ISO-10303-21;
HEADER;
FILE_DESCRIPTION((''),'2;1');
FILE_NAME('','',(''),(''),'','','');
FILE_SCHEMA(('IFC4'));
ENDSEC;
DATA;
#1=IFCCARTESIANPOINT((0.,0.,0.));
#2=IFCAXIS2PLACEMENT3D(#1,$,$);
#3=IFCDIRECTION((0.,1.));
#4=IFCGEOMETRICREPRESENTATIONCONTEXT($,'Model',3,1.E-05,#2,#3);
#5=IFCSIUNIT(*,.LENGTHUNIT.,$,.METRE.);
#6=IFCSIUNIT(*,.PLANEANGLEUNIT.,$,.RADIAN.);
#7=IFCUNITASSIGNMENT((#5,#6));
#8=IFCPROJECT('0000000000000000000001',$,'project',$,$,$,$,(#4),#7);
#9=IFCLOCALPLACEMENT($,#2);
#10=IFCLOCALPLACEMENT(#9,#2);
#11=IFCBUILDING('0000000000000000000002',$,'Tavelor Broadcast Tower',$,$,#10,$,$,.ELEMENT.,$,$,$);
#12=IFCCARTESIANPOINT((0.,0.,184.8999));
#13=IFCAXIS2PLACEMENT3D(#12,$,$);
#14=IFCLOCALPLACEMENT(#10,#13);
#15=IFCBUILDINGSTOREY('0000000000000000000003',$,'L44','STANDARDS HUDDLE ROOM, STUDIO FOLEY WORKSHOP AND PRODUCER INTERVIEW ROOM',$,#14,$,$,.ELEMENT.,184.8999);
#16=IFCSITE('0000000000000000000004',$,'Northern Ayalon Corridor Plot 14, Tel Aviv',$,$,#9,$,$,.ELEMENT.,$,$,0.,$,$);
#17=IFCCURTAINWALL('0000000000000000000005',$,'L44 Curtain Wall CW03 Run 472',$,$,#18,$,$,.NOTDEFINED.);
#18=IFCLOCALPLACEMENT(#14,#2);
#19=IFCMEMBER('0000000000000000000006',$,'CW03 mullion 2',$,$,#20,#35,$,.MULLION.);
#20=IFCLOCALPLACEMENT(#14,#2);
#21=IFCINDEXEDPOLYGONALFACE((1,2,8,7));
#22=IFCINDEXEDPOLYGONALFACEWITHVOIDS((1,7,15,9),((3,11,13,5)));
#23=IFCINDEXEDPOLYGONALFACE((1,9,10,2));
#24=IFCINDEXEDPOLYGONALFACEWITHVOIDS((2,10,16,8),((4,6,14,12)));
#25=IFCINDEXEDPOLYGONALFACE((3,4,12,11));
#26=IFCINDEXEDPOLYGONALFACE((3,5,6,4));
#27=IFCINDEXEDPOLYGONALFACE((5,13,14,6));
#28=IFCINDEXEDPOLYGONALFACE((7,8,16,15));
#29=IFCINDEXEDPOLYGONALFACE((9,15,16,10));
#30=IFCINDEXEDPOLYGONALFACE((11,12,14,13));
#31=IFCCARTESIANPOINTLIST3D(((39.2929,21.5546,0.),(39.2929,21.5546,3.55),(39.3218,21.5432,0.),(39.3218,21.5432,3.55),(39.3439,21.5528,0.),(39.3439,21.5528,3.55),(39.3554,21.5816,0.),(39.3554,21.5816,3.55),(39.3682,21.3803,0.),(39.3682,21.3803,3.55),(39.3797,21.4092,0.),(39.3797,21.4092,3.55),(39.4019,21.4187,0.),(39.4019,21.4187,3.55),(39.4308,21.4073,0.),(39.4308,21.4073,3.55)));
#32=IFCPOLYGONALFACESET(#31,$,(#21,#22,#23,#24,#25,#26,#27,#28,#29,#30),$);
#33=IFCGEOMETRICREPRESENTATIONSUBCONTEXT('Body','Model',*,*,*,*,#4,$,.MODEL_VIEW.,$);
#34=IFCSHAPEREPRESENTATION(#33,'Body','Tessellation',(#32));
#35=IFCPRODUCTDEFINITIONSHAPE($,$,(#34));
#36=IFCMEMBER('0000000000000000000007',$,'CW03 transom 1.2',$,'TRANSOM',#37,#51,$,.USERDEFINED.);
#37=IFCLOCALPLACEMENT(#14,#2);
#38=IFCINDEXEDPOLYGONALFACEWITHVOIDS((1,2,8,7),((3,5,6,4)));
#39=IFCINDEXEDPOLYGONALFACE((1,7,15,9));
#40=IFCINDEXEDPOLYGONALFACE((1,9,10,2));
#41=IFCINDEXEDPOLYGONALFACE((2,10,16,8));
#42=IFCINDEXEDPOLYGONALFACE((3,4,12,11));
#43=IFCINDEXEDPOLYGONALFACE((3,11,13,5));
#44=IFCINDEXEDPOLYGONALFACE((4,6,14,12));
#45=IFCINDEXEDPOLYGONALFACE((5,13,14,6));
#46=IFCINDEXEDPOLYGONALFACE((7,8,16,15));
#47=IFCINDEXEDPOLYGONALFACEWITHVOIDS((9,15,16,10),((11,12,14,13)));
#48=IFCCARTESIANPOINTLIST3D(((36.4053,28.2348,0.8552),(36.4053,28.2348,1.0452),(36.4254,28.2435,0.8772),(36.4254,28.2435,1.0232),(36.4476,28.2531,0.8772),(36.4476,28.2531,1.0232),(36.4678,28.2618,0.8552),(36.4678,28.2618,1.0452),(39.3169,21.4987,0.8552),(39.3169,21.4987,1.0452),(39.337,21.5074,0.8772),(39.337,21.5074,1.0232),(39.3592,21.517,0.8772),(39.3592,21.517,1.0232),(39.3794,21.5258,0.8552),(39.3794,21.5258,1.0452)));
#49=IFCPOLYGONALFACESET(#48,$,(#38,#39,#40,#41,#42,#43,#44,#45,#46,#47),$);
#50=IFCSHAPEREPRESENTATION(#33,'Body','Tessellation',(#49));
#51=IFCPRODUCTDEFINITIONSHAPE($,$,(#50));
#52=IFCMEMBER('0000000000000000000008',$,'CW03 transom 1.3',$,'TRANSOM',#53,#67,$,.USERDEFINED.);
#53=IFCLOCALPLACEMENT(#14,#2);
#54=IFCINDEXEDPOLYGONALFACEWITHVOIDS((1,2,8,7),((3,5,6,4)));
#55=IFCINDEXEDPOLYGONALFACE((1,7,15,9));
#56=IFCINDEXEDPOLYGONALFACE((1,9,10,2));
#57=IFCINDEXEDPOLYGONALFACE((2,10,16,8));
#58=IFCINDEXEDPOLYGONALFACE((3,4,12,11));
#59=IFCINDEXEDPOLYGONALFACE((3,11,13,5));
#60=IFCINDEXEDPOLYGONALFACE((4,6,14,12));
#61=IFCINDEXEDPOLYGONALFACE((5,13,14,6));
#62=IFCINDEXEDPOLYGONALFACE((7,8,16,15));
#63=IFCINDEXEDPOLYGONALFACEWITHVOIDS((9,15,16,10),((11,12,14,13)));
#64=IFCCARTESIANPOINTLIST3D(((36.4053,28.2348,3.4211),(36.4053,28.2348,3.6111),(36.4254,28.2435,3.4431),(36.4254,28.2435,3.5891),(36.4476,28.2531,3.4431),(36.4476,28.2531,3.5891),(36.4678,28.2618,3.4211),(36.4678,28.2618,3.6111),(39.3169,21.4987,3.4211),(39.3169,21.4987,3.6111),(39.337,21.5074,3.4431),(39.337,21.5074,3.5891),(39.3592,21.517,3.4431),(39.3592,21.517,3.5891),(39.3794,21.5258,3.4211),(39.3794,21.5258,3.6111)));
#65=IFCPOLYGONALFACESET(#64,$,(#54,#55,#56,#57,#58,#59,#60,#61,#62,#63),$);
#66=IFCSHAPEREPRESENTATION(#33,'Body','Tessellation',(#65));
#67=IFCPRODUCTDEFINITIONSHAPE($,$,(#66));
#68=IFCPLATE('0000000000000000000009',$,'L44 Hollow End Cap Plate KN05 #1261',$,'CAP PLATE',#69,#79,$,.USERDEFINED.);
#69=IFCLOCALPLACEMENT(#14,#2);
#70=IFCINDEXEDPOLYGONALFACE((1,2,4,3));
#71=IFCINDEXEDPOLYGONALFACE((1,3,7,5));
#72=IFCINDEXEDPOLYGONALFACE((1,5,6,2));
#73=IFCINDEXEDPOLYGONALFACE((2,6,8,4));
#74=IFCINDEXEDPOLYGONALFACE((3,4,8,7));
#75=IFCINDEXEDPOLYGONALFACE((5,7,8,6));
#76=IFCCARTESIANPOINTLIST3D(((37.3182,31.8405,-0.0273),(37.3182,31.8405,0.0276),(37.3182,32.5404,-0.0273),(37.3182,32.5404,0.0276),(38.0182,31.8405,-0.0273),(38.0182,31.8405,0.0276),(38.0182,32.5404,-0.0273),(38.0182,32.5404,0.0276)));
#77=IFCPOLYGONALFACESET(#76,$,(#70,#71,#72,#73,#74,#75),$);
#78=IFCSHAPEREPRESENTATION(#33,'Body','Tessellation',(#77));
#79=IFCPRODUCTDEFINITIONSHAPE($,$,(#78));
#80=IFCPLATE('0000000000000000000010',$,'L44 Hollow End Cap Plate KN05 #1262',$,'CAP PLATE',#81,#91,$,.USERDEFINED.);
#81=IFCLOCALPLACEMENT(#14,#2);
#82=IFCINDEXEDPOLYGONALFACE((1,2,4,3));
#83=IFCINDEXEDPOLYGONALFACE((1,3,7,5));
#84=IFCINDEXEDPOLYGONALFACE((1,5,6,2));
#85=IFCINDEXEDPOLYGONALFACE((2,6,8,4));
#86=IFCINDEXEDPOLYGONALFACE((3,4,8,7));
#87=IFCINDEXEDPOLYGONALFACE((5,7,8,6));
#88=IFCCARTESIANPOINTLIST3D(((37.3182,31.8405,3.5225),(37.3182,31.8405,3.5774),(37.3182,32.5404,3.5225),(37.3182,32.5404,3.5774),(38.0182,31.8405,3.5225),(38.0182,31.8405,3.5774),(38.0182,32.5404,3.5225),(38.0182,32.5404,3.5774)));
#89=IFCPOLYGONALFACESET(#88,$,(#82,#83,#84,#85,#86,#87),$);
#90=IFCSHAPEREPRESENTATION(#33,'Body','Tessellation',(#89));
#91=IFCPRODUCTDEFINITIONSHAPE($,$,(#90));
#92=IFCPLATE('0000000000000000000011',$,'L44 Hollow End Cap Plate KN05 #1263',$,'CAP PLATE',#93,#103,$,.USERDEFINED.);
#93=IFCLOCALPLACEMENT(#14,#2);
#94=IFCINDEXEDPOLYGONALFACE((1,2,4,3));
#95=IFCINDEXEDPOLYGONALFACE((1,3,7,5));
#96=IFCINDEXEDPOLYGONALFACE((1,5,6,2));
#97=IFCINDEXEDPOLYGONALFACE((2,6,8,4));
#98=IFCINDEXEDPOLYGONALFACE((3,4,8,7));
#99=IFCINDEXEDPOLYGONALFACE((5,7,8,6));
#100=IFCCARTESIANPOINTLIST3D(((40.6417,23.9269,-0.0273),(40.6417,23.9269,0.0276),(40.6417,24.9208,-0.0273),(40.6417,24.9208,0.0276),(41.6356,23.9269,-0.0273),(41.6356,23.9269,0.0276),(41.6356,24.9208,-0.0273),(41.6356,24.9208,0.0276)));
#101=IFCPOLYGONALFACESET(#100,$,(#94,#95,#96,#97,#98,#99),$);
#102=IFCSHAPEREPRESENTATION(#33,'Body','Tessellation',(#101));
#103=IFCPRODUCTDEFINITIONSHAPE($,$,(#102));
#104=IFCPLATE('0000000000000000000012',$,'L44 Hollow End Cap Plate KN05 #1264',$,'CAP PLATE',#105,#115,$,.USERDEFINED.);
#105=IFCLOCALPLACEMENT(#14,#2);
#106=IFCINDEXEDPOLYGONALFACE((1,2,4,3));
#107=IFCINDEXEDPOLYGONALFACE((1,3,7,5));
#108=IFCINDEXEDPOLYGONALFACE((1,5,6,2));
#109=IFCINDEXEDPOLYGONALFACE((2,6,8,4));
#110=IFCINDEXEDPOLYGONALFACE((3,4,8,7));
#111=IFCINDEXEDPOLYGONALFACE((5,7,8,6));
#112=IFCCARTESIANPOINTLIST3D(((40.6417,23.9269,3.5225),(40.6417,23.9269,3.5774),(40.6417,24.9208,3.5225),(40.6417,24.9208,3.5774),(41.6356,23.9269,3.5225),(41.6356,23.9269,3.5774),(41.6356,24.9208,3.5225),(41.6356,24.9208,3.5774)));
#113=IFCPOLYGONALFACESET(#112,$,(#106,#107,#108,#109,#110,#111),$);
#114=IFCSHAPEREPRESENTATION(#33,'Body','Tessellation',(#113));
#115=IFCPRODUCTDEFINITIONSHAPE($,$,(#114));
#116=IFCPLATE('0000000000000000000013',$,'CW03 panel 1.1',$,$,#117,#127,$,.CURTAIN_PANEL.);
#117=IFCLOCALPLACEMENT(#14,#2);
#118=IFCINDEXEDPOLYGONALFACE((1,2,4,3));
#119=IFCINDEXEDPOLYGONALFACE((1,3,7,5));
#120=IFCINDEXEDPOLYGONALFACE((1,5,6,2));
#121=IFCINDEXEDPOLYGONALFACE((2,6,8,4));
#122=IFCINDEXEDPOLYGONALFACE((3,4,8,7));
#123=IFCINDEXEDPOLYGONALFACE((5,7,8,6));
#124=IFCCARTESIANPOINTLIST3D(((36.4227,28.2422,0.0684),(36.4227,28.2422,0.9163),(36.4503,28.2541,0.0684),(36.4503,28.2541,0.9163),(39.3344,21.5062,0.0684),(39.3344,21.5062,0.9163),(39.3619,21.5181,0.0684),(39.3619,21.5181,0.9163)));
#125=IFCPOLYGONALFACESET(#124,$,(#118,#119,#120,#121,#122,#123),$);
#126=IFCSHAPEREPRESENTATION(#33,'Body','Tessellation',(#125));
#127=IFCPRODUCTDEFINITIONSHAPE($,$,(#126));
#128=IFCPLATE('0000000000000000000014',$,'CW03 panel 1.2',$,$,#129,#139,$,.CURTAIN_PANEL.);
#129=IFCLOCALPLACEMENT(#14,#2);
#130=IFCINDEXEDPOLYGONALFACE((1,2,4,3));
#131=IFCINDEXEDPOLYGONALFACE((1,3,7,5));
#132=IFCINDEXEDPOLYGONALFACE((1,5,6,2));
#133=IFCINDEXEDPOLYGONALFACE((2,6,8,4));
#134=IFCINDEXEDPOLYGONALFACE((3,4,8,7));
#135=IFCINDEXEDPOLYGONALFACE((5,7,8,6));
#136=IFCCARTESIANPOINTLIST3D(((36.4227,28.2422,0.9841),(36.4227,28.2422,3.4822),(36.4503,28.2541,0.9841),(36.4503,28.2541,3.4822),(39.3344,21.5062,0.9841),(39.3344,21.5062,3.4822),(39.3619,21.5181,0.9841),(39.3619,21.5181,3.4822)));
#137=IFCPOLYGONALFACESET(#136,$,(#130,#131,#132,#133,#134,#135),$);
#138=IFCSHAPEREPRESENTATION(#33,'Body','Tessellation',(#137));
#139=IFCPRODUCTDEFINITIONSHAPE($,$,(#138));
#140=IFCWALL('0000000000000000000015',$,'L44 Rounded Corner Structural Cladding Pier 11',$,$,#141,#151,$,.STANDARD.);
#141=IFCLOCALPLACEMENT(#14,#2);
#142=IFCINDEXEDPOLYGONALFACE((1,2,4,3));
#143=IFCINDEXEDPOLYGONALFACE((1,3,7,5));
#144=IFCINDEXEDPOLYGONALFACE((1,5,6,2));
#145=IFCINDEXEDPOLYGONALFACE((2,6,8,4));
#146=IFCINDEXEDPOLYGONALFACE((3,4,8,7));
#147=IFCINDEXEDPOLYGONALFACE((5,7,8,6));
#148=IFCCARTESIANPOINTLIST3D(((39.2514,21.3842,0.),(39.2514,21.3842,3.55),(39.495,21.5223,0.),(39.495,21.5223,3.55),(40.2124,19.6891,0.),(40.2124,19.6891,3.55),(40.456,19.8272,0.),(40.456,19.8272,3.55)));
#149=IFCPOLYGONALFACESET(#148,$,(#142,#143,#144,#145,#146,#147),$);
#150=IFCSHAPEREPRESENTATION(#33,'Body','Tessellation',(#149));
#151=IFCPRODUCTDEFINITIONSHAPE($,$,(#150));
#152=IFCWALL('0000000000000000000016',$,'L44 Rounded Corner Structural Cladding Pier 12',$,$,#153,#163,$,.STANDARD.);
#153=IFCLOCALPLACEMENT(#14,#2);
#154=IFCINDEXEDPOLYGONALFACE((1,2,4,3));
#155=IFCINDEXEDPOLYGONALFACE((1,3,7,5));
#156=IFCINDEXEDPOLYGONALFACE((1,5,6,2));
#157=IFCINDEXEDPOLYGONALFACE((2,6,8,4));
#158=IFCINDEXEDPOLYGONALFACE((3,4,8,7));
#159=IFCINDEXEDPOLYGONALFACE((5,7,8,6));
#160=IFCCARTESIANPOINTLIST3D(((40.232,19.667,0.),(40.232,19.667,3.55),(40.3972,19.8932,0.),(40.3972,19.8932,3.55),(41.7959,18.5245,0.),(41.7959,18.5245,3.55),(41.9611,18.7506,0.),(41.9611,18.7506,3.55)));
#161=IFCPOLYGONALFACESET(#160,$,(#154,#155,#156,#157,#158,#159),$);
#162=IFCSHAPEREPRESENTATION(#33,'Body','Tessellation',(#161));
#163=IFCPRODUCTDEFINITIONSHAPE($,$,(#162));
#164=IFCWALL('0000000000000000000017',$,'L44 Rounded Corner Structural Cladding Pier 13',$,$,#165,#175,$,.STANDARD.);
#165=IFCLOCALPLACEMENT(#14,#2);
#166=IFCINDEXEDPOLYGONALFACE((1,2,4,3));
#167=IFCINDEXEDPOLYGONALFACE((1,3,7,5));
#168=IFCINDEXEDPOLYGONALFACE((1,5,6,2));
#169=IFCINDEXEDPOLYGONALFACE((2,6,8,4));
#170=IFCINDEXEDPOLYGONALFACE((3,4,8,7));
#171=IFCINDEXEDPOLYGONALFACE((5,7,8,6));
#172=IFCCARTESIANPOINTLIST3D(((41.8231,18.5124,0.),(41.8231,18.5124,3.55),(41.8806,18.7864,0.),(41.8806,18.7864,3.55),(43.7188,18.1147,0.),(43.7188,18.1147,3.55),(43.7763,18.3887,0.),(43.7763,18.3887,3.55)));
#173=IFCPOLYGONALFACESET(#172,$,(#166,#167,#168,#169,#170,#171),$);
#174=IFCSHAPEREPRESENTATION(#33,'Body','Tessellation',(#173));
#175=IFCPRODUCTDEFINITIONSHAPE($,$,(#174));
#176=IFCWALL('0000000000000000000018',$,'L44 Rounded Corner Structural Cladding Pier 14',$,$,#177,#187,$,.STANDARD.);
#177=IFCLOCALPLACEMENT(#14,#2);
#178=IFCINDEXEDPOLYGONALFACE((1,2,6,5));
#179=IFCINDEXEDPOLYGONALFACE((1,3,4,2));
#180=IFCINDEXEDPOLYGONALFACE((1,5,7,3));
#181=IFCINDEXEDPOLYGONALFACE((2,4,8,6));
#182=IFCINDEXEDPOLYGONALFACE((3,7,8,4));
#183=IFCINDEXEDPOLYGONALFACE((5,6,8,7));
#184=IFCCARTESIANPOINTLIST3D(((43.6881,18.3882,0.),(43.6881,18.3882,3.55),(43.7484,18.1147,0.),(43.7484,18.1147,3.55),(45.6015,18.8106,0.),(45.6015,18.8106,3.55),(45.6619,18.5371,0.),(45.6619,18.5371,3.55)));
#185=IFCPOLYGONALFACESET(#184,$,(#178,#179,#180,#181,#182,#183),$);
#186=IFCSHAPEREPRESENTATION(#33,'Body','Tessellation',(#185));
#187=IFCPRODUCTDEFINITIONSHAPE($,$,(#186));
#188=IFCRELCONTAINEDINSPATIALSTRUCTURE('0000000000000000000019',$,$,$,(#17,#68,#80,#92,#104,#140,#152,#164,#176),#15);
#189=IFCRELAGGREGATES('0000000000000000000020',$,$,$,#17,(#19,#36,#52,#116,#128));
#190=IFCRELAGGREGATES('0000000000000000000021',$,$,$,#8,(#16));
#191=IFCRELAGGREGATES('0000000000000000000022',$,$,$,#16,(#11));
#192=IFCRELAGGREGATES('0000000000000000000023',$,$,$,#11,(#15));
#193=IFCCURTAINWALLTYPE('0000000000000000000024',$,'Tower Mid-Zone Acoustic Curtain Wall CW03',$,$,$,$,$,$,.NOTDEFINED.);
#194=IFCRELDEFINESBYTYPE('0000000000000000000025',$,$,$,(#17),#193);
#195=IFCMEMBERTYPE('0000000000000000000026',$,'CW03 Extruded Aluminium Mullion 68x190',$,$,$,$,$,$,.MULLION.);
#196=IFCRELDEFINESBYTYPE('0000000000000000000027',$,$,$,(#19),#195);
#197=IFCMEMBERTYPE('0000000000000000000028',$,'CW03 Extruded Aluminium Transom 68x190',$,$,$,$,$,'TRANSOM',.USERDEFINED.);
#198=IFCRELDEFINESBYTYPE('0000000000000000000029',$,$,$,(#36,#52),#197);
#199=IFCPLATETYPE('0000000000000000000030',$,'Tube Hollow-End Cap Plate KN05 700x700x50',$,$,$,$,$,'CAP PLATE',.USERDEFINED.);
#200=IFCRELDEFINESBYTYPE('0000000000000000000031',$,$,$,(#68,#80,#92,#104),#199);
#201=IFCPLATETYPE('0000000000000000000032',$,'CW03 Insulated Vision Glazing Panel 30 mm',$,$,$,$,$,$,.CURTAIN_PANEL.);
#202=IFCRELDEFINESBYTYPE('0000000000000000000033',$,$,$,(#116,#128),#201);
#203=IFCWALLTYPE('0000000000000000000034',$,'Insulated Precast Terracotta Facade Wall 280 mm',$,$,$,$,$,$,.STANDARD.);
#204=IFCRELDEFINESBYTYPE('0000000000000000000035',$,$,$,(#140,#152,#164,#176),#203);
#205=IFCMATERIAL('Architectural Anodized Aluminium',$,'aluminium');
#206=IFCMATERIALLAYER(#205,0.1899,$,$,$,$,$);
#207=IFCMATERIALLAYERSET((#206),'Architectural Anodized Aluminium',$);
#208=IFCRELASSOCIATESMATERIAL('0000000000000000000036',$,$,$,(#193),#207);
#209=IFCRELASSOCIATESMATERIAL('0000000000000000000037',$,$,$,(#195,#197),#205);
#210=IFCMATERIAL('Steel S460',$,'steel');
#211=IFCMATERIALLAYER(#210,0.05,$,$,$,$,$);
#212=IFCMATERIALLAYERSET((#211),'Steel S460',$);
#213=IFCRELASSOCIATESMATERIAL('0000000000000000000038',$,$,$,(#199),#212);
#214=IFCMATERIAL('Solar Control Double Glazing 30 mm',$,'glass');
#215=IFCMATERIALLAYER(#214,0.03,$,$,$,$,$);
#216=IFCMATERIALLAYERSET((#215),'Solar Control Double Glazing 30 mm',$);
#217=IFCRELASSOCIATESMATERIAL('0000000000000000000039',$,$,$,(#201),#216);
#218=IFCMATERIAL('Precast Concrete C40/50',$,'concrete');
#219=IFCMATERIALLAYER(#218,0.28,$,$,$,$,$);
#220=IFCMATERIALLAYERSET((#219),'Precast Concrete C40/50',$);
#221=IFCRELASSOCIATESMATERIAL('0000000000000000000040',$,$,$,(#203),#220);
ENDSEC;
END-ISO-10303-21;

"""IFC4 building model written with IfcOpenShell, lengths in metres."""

from ifc_helpers import new_model, si_unit, direction, frame, frame_2d, origin, origin_2d, place, context, subcontext, project, spatial, rectangle, hollow_rectangle, extrude, source, transform, mapped, material, layer, layer_set, material_profile, profile_set, type_object, type_shapes, element, aggregate, save


model = new_model("IFC4")

# Units and contexts
model_context = context("Model", 3, precision=1e-05, world=origin(), true_north=direction((0.0, 1.0)))
body_context = subcontext(model_context, "Body", "Model", "MODEL_VIEW")
ifc_project = project(units=[si_unit("LENGTHUNIT", "METRE"), si_unit("PLANEANGLEUNIT", "RADIAN")], contexts=[model_context])

# Site, building, storey
site_placement = place(None, origin())
site = spatial("IfcSite", under=ifc_project, at=site_placement, Name="Northern Ayalon Corridor Plot 14, Tel Aviv", CompositionType="ELEMENT", RefElevation=0.0)
building_placement = place(site_placement, origin())
building = spatial("IfcBuilding", under=site, at=building_placement, Name="Tavelor Broadcast Tower", CompositionType="ELEMENT")
storey_placement = place(building_placement, frame((0.0, 0.0, 184.8999)))
storey = spatial("IfcBuildingStorey", under=building, at=storey_placement, Name="L44", Description="STANDARDS HUDDLE ROOM, STUDIO FOLEY WORKSHOP AND PRODUCER INTERVIEW ROOM", CompositionType="ELEMENT", Elevation=184.8999)

# Shared definitions
ifc_material_1 = material(Name="Steel S460", Category="steel")

# Curtain wall, members
ifc_material_2 = material(Name="Architectural Anodized Aluminium", Category="aluminium")
ifc_layer_1 = layer(ifc_material_2, 0.1899)
ifc_layer_set_1 = layer_set([ifc_layer_1], Name="Architectural Anodized Aluminium")
curtain_wall_type = type_object("IfcCurtainWallType", Name="Tower Mid-Zone Acoustic Curtain Wall CW03", PredefinedType="NOTDEFINED", material=ifc_layer_set_1)
curtain_wall_placement = place(storey_placement, origin())
curtain_wall = element("IfcCurtainWall", 1, at=curtain_wall_placement, inside=storey, type_object=curtain_wall_type, Name="L44 Curtain Wall CW03 Run 472", PredefinedType="NOTDEFINED")
ifc_material_profile_1 = material_profile(ifc_material_2, hollow_rectangle(XDim=0.0681, YDim=0.1899, WallThickness=0.022, at=origin_2d()), Name="RHS 68x190x22")
ifc_profile_set_1 = profile_set([ifc_material_profile_1], Name="Architectural Anodized Aluminium")
member_type_1 = type_object("IfcMemberType", Name="CW03 Extruded Aluminium Mullion 68x190", PredefinedType="MULLION", material=ifc_profile_set_1)
shared_shape_1 = source(origin(), body_context, "Body", "SweptSolid", [
    extrude(hollow_rectangle(XDim=0.0681, YDim=0.1899, WallThickness=0.022, at=origin_2d()), origin(), (0.0, 0.0, 1.0), 3.55),
])
type_shapes(member_type_1, [shared_shape_1])
member_1_placement = place(storey_placement, frame((39.3618, 21.481, 0.0), z_axis=(0.0, 0.0, 1.0), x_axis=(0.917919, 0.396767, 0.0)))
member_1 = element("IfcMember", 2, at=member_1_placement, type_object=member_type_1, Name="CW03 mullion 2", PredefinedType="MULLION", context=body_context, shape_type="MappedRepresentation", body=[
    mapped(shared_shape_1, transform((0.0, 0.0, 0.0), scale=1.0)),
])
ifc_material_profile_2 = material_profile(ifc_material_2, hollow_rectangle(XDim=0.0681, YDim=0.1899, WallThickness=0.022, at=origin_2d()), Name="RHS 68x190x22")
ifc_profile_set_2 = profile_set([ifc_material_profile_2], Name="Architectural Anodized Aluminium")
member_type_2 = type_object("IfcMemberType", Name="CW03 Extruded Aluminium Transom 68x190", ElementType="TRANSOM", PredefinedType="USERDEFINED", material=ifc_profile_set_2)
shared_shape_2 = source(origin(), body_context, "Body", "SweptSolid", [
    extrude(hollow_rectangle(XDim=0.0681, YDim=0.1899, WallThickness=0.022, at=origin_2d()), origin(), (0.0, 0.0, 1.0), 7.3384),
])
type_shapes(member_type_2, [shared_shape_2])
member_2_placement = place(storey_placement, frame((36.4365, 28.2483, 0.9502), z_axis=(0.396764, -0.917921, 0.0), x_axis=(0.917921, 0.396764, 0.0)))
member_2 = element("IfcMember", 3, at=member_2_placement, type_object=member_type_2, Name="CW03 transom 1.2", ObjectType="TRANSOM", PredefinedType="USERDEFINED", context=body_context, shape_type="MappedRepresentation", body=[
    mapped(shared_shape_2, transform((0.0, 0.0, 0.0), scale=1.0)),
])
member_3_placement = place(storey_placement, frame((36.4365, 28.2483, 3.5161), z_axis=(0.396764, -0.917921, 0.0), x_axis=(0.917921, 0.396764, 0.0)))
member_3 = element("IfcMember", 4, at=member_3_placement, type_object=member_type_2, Name="CW03 transom 1.3", ObjectType="TRANSOM", PredefinedType="USERDEFINED", context=body_context, shape_type="MappedRepresentation", body=[
    mapped(shared_shape_2, transform((0.0, 0.0, 0.0), scale=1.0)),
])

# Plates
ifc_layer_2 = layer(ifc_material_1, 0.05)
ifc_layer_set_2 = layer_set([ifc_layer_2], Name="Steel S460")
plate_type_1 = type_object("IfcPlateType", Name="Tube Hollow-End Cap Plate KN05 700x700x50", ElementType="CAP PLATE", PredefinedType="USERDEFINED", material=ifc_layer_set_2)
shared_shape_3 = source(origin(), body_context, "Body", "SweptSolid", [
    extrude(rectangle(XDim=0.7, YDim=0.7, at=origin_2d()), origin(), (0.0, 0.0, 1.0), 0.0549),
])
for number, where, z_axis, x_axis, name in (
    (5, (37.6682, 32.1904, -0.0273), (0.0, 0.0, 1.0), (1.0, 0.0, 0.0), "L44 Hollow End Cap Plate KN05 #1261"),
    (6, (37.6682, 32.1904, 3.5225), (0.0, 0.0, 1.0), (1.0, 0.0, 0.0), "L44 Hollow End Cap Plate KN05 #1262"),
):
    element("IfcPlate", number, at=place(storey_placement, frame(where, z_axis=z_axis, x_axis=x_axis)), inside=storey, type_object=plate_type_1, Name=name, ObjectType="CAP PLATE", PredefinedType="USERDEFINED", context=body_context, shape_type="MappedRepresentation", body=[
        mapped(shared_shape_3, transform((0.0, 0.0, 0.0), scale=1.0)),
    ])
shared_shape_4 = source(origin(), body_context, "Body", "SweptSolid", [
    extrude(rectangle(XDim=0.9939, YDim=0.9939, at=origin_2d()), origin(), (0.0, 0.0, 1.0), 0.0549),
])
type_shapes(plate_type_1, [shared_shape_3, shared_shape_4])
for number, where, z_axis, x_axis, name in (
    (7, (41.1387, 24.4238, -0.0273), (0.0, 0.0, 1.0), (1.0, 0.0, 0.0), "L44 Hollow End Cap Plate KN05 #1263"),
    (8, (41.1387, 24.4238, 3.5225), (0.0, 0.0, 1.0), (1.0, 0.0, 0.0), "L44 Hollow End Cap Plate KN05 #1264"),
):
    element("IfcPlate", number, at=place(storey_placement, frame(where, z_axis=z_axis, x_axis=x_axis)), inside=storey, type_object=plate_type_1, Name=name, ObjectType="CAP PLATE", PredefinedType="USERDEFINED", context=body_context, shape_type="MappedRepresentation", body=[
        mapped(shared_shape_4, transform((0.0, 0.0, 0.0), scale=1.0)),
    ])

# Plates
ifc_material_3 = material(Name="Solar Control Double Glazing 30 mm", Category="glass")
ifc_layer_3 = layer(ifc_material_3, 0.03)
ifc_layer_set_3 = layer_set([ifc_layer_3], Name="Solar Control Double Glazing 30 mm")
plate_type_2 = type_object("IfcPlateType", Name="CW03 Insulated Vision Glazing Panel 30 mm", PredefinedType="CURTAIN_PANEL", material=ifc_layer_set_3)
shared_shape_5 = source(origin(), body_context, "Body", "SweptSolid", [
    extrude(rectangle(XDim=7.3384, YDim=0.03, at=origin_2d()), origin(), (0.0, 0.0, 1.0), 0.8479),
])
plate_1_placement = place(storey_placement, frame((37.8923, 24.8801, 0.0684), z_axis=(0.0, 0.0, 1.0), x_axis=(0.396767, -0.917919, 0.0)))
plate_1 = element("IfcPlate", 9, at=plate_1_placement, type_object=plate_type_2, Name="CW03 panel 1.1", PredefinedType="CURTAIN_PANEL", context=body_context, shape_type="MappedRepresentation", body=[
    mapped(shared_shape_5, transform((0.0, 0.0, 0.0), scale=1.0)),
])
shared_shape_6 = source(origin(), body_context, "Body", "SweptSolid", [
    extrude(rectangle(XDim=7.3384, YDim=0.03, at=origin_2d()), origin(), (0.0, 0.0, 1.0), 2.498),
])
type_shapes(plate_type_2, [shared_shape_5, shared_shape_6])
plate_2_placement = place(storey_placement, frame((37.8923, 24.8801, 0.9841), z_axis=(0.0, 0.0, 1.0), x_axis=(0.396767, -0.917919, 0.0)))
plate_2 = element("IfcPlate", 10, at=plate_2_placement, type_object=plate_type_2, Name="CW03 panel 1.2", PredefinedType="CURTAIN_PANEL", context=body_context, shape_type="MappedRepresentation", body=[
    mapped(shared_shape_6, transform((0.0, 0.0, 0.0), scale=1.0)),
])
aggregate(curtain_wall, [member_1, member_2, member_3, plate_1, plate_2])

# Walls
ifc_material_4 = material(Name="Precast Concrete C40/50", Category="concrete")
ifc_layer_4 = layer(ifc_material_4, 0.28)
ifc_layer_set_4 = layer_set([ifc_layer_4], Name="Precast Concrete C40/50")
wall_type_1 = type_object("IfcWallType", Name="Insulated Precast Terracotta Facade Wall 280 mm", PredefinedType="STANDARD", material=ifc_layer_set_4)
wall_1_placement = place(storey_placement, frame((39.3733, 21.4531, 0.0), z_axis=(0.0, 0.0, 1.0), x_axis=(0.493167, -0.869934, 0.0)))
element("IfcWall", 11, at=wall_1_placement, inside=storey, type_object=wall_type_1, Name="L44 Rounded Corner Structural Cladding Pier 11", PredefinedType="STANDARD", context=body_context, shape_type="SweptSolid", body=[
    extrude(rectangle(XDim=1.9485, YDim=0.28, at=frame_2d((0.9741, 0.0))), origin(), (0.0, 0.0, 1.0), 3.55),
])
wall_2_placement = place(storey_placement, frame((40.3147, 19.78, 0.0), z_axis=(0.0, 0.0, 1.0), x_axis=(0.80747, -0.589909, 0.0)))
element("IfcWall", 12, at=wall_2_placement, inside=storey, type_object=wall_type_1, Name="L44 Rounded Corner Structural Cladding Pier 12", PredefinedType="STANDARD", context=body_context, shape_type="SweptSolid", body=[
    extrude(rectangle(XDim=1.9368, YDim=0.28, at=frame_2d((0.9683, 0.0))), origin(), (0.0, 0.0, 1.0), 3.55),
])
wall_3_placement = place(storey_placement, frame((41.8518, 18.6494, 0.0), z_axis=(0.0, 0.0, 1.0), x_axis=(0.978695, -0.205318, 0.0)))
element("IfcWall", 13, at=wall_3_placement, inside=storey, type_object=wall_type_1, Name="L44 Rounded Corner Structural Cladding Pier 13", PredefinedType="STANDARD", context=body_context, shape_type="SweptSolid", body=[
    extrude(rectangle(XDim=1.937, YDim=0.28, at=frame_2d((0.9685, 0.0))), origin(), (0.0, 0.0, 1.0), 3.55),
])
wall_4_placement = place(storey_placement, frame((43.7183, 18.2515, 0.0), z_axis=(0.0, 0.0, 1.0), x_axis=(0.976491, 0.215558, 0.0)))
element("IfcWall", 14, at=wall_4_placement, inside=storey, type_object=wall_type_1, Name="L44 Rounded Corner Structural Cladding Pier 14", PredefinedType="STANDARD", context=body_context, shape_type="SweptSolid", body=[
    extrude(rectangle(XDim=1.9595, YDim=0.28, at=frame_2d((0.9797, 0.0))), origin(), (0.0, 0.0, 1.0), 3.55),
])

save(model, "model.ifc")
